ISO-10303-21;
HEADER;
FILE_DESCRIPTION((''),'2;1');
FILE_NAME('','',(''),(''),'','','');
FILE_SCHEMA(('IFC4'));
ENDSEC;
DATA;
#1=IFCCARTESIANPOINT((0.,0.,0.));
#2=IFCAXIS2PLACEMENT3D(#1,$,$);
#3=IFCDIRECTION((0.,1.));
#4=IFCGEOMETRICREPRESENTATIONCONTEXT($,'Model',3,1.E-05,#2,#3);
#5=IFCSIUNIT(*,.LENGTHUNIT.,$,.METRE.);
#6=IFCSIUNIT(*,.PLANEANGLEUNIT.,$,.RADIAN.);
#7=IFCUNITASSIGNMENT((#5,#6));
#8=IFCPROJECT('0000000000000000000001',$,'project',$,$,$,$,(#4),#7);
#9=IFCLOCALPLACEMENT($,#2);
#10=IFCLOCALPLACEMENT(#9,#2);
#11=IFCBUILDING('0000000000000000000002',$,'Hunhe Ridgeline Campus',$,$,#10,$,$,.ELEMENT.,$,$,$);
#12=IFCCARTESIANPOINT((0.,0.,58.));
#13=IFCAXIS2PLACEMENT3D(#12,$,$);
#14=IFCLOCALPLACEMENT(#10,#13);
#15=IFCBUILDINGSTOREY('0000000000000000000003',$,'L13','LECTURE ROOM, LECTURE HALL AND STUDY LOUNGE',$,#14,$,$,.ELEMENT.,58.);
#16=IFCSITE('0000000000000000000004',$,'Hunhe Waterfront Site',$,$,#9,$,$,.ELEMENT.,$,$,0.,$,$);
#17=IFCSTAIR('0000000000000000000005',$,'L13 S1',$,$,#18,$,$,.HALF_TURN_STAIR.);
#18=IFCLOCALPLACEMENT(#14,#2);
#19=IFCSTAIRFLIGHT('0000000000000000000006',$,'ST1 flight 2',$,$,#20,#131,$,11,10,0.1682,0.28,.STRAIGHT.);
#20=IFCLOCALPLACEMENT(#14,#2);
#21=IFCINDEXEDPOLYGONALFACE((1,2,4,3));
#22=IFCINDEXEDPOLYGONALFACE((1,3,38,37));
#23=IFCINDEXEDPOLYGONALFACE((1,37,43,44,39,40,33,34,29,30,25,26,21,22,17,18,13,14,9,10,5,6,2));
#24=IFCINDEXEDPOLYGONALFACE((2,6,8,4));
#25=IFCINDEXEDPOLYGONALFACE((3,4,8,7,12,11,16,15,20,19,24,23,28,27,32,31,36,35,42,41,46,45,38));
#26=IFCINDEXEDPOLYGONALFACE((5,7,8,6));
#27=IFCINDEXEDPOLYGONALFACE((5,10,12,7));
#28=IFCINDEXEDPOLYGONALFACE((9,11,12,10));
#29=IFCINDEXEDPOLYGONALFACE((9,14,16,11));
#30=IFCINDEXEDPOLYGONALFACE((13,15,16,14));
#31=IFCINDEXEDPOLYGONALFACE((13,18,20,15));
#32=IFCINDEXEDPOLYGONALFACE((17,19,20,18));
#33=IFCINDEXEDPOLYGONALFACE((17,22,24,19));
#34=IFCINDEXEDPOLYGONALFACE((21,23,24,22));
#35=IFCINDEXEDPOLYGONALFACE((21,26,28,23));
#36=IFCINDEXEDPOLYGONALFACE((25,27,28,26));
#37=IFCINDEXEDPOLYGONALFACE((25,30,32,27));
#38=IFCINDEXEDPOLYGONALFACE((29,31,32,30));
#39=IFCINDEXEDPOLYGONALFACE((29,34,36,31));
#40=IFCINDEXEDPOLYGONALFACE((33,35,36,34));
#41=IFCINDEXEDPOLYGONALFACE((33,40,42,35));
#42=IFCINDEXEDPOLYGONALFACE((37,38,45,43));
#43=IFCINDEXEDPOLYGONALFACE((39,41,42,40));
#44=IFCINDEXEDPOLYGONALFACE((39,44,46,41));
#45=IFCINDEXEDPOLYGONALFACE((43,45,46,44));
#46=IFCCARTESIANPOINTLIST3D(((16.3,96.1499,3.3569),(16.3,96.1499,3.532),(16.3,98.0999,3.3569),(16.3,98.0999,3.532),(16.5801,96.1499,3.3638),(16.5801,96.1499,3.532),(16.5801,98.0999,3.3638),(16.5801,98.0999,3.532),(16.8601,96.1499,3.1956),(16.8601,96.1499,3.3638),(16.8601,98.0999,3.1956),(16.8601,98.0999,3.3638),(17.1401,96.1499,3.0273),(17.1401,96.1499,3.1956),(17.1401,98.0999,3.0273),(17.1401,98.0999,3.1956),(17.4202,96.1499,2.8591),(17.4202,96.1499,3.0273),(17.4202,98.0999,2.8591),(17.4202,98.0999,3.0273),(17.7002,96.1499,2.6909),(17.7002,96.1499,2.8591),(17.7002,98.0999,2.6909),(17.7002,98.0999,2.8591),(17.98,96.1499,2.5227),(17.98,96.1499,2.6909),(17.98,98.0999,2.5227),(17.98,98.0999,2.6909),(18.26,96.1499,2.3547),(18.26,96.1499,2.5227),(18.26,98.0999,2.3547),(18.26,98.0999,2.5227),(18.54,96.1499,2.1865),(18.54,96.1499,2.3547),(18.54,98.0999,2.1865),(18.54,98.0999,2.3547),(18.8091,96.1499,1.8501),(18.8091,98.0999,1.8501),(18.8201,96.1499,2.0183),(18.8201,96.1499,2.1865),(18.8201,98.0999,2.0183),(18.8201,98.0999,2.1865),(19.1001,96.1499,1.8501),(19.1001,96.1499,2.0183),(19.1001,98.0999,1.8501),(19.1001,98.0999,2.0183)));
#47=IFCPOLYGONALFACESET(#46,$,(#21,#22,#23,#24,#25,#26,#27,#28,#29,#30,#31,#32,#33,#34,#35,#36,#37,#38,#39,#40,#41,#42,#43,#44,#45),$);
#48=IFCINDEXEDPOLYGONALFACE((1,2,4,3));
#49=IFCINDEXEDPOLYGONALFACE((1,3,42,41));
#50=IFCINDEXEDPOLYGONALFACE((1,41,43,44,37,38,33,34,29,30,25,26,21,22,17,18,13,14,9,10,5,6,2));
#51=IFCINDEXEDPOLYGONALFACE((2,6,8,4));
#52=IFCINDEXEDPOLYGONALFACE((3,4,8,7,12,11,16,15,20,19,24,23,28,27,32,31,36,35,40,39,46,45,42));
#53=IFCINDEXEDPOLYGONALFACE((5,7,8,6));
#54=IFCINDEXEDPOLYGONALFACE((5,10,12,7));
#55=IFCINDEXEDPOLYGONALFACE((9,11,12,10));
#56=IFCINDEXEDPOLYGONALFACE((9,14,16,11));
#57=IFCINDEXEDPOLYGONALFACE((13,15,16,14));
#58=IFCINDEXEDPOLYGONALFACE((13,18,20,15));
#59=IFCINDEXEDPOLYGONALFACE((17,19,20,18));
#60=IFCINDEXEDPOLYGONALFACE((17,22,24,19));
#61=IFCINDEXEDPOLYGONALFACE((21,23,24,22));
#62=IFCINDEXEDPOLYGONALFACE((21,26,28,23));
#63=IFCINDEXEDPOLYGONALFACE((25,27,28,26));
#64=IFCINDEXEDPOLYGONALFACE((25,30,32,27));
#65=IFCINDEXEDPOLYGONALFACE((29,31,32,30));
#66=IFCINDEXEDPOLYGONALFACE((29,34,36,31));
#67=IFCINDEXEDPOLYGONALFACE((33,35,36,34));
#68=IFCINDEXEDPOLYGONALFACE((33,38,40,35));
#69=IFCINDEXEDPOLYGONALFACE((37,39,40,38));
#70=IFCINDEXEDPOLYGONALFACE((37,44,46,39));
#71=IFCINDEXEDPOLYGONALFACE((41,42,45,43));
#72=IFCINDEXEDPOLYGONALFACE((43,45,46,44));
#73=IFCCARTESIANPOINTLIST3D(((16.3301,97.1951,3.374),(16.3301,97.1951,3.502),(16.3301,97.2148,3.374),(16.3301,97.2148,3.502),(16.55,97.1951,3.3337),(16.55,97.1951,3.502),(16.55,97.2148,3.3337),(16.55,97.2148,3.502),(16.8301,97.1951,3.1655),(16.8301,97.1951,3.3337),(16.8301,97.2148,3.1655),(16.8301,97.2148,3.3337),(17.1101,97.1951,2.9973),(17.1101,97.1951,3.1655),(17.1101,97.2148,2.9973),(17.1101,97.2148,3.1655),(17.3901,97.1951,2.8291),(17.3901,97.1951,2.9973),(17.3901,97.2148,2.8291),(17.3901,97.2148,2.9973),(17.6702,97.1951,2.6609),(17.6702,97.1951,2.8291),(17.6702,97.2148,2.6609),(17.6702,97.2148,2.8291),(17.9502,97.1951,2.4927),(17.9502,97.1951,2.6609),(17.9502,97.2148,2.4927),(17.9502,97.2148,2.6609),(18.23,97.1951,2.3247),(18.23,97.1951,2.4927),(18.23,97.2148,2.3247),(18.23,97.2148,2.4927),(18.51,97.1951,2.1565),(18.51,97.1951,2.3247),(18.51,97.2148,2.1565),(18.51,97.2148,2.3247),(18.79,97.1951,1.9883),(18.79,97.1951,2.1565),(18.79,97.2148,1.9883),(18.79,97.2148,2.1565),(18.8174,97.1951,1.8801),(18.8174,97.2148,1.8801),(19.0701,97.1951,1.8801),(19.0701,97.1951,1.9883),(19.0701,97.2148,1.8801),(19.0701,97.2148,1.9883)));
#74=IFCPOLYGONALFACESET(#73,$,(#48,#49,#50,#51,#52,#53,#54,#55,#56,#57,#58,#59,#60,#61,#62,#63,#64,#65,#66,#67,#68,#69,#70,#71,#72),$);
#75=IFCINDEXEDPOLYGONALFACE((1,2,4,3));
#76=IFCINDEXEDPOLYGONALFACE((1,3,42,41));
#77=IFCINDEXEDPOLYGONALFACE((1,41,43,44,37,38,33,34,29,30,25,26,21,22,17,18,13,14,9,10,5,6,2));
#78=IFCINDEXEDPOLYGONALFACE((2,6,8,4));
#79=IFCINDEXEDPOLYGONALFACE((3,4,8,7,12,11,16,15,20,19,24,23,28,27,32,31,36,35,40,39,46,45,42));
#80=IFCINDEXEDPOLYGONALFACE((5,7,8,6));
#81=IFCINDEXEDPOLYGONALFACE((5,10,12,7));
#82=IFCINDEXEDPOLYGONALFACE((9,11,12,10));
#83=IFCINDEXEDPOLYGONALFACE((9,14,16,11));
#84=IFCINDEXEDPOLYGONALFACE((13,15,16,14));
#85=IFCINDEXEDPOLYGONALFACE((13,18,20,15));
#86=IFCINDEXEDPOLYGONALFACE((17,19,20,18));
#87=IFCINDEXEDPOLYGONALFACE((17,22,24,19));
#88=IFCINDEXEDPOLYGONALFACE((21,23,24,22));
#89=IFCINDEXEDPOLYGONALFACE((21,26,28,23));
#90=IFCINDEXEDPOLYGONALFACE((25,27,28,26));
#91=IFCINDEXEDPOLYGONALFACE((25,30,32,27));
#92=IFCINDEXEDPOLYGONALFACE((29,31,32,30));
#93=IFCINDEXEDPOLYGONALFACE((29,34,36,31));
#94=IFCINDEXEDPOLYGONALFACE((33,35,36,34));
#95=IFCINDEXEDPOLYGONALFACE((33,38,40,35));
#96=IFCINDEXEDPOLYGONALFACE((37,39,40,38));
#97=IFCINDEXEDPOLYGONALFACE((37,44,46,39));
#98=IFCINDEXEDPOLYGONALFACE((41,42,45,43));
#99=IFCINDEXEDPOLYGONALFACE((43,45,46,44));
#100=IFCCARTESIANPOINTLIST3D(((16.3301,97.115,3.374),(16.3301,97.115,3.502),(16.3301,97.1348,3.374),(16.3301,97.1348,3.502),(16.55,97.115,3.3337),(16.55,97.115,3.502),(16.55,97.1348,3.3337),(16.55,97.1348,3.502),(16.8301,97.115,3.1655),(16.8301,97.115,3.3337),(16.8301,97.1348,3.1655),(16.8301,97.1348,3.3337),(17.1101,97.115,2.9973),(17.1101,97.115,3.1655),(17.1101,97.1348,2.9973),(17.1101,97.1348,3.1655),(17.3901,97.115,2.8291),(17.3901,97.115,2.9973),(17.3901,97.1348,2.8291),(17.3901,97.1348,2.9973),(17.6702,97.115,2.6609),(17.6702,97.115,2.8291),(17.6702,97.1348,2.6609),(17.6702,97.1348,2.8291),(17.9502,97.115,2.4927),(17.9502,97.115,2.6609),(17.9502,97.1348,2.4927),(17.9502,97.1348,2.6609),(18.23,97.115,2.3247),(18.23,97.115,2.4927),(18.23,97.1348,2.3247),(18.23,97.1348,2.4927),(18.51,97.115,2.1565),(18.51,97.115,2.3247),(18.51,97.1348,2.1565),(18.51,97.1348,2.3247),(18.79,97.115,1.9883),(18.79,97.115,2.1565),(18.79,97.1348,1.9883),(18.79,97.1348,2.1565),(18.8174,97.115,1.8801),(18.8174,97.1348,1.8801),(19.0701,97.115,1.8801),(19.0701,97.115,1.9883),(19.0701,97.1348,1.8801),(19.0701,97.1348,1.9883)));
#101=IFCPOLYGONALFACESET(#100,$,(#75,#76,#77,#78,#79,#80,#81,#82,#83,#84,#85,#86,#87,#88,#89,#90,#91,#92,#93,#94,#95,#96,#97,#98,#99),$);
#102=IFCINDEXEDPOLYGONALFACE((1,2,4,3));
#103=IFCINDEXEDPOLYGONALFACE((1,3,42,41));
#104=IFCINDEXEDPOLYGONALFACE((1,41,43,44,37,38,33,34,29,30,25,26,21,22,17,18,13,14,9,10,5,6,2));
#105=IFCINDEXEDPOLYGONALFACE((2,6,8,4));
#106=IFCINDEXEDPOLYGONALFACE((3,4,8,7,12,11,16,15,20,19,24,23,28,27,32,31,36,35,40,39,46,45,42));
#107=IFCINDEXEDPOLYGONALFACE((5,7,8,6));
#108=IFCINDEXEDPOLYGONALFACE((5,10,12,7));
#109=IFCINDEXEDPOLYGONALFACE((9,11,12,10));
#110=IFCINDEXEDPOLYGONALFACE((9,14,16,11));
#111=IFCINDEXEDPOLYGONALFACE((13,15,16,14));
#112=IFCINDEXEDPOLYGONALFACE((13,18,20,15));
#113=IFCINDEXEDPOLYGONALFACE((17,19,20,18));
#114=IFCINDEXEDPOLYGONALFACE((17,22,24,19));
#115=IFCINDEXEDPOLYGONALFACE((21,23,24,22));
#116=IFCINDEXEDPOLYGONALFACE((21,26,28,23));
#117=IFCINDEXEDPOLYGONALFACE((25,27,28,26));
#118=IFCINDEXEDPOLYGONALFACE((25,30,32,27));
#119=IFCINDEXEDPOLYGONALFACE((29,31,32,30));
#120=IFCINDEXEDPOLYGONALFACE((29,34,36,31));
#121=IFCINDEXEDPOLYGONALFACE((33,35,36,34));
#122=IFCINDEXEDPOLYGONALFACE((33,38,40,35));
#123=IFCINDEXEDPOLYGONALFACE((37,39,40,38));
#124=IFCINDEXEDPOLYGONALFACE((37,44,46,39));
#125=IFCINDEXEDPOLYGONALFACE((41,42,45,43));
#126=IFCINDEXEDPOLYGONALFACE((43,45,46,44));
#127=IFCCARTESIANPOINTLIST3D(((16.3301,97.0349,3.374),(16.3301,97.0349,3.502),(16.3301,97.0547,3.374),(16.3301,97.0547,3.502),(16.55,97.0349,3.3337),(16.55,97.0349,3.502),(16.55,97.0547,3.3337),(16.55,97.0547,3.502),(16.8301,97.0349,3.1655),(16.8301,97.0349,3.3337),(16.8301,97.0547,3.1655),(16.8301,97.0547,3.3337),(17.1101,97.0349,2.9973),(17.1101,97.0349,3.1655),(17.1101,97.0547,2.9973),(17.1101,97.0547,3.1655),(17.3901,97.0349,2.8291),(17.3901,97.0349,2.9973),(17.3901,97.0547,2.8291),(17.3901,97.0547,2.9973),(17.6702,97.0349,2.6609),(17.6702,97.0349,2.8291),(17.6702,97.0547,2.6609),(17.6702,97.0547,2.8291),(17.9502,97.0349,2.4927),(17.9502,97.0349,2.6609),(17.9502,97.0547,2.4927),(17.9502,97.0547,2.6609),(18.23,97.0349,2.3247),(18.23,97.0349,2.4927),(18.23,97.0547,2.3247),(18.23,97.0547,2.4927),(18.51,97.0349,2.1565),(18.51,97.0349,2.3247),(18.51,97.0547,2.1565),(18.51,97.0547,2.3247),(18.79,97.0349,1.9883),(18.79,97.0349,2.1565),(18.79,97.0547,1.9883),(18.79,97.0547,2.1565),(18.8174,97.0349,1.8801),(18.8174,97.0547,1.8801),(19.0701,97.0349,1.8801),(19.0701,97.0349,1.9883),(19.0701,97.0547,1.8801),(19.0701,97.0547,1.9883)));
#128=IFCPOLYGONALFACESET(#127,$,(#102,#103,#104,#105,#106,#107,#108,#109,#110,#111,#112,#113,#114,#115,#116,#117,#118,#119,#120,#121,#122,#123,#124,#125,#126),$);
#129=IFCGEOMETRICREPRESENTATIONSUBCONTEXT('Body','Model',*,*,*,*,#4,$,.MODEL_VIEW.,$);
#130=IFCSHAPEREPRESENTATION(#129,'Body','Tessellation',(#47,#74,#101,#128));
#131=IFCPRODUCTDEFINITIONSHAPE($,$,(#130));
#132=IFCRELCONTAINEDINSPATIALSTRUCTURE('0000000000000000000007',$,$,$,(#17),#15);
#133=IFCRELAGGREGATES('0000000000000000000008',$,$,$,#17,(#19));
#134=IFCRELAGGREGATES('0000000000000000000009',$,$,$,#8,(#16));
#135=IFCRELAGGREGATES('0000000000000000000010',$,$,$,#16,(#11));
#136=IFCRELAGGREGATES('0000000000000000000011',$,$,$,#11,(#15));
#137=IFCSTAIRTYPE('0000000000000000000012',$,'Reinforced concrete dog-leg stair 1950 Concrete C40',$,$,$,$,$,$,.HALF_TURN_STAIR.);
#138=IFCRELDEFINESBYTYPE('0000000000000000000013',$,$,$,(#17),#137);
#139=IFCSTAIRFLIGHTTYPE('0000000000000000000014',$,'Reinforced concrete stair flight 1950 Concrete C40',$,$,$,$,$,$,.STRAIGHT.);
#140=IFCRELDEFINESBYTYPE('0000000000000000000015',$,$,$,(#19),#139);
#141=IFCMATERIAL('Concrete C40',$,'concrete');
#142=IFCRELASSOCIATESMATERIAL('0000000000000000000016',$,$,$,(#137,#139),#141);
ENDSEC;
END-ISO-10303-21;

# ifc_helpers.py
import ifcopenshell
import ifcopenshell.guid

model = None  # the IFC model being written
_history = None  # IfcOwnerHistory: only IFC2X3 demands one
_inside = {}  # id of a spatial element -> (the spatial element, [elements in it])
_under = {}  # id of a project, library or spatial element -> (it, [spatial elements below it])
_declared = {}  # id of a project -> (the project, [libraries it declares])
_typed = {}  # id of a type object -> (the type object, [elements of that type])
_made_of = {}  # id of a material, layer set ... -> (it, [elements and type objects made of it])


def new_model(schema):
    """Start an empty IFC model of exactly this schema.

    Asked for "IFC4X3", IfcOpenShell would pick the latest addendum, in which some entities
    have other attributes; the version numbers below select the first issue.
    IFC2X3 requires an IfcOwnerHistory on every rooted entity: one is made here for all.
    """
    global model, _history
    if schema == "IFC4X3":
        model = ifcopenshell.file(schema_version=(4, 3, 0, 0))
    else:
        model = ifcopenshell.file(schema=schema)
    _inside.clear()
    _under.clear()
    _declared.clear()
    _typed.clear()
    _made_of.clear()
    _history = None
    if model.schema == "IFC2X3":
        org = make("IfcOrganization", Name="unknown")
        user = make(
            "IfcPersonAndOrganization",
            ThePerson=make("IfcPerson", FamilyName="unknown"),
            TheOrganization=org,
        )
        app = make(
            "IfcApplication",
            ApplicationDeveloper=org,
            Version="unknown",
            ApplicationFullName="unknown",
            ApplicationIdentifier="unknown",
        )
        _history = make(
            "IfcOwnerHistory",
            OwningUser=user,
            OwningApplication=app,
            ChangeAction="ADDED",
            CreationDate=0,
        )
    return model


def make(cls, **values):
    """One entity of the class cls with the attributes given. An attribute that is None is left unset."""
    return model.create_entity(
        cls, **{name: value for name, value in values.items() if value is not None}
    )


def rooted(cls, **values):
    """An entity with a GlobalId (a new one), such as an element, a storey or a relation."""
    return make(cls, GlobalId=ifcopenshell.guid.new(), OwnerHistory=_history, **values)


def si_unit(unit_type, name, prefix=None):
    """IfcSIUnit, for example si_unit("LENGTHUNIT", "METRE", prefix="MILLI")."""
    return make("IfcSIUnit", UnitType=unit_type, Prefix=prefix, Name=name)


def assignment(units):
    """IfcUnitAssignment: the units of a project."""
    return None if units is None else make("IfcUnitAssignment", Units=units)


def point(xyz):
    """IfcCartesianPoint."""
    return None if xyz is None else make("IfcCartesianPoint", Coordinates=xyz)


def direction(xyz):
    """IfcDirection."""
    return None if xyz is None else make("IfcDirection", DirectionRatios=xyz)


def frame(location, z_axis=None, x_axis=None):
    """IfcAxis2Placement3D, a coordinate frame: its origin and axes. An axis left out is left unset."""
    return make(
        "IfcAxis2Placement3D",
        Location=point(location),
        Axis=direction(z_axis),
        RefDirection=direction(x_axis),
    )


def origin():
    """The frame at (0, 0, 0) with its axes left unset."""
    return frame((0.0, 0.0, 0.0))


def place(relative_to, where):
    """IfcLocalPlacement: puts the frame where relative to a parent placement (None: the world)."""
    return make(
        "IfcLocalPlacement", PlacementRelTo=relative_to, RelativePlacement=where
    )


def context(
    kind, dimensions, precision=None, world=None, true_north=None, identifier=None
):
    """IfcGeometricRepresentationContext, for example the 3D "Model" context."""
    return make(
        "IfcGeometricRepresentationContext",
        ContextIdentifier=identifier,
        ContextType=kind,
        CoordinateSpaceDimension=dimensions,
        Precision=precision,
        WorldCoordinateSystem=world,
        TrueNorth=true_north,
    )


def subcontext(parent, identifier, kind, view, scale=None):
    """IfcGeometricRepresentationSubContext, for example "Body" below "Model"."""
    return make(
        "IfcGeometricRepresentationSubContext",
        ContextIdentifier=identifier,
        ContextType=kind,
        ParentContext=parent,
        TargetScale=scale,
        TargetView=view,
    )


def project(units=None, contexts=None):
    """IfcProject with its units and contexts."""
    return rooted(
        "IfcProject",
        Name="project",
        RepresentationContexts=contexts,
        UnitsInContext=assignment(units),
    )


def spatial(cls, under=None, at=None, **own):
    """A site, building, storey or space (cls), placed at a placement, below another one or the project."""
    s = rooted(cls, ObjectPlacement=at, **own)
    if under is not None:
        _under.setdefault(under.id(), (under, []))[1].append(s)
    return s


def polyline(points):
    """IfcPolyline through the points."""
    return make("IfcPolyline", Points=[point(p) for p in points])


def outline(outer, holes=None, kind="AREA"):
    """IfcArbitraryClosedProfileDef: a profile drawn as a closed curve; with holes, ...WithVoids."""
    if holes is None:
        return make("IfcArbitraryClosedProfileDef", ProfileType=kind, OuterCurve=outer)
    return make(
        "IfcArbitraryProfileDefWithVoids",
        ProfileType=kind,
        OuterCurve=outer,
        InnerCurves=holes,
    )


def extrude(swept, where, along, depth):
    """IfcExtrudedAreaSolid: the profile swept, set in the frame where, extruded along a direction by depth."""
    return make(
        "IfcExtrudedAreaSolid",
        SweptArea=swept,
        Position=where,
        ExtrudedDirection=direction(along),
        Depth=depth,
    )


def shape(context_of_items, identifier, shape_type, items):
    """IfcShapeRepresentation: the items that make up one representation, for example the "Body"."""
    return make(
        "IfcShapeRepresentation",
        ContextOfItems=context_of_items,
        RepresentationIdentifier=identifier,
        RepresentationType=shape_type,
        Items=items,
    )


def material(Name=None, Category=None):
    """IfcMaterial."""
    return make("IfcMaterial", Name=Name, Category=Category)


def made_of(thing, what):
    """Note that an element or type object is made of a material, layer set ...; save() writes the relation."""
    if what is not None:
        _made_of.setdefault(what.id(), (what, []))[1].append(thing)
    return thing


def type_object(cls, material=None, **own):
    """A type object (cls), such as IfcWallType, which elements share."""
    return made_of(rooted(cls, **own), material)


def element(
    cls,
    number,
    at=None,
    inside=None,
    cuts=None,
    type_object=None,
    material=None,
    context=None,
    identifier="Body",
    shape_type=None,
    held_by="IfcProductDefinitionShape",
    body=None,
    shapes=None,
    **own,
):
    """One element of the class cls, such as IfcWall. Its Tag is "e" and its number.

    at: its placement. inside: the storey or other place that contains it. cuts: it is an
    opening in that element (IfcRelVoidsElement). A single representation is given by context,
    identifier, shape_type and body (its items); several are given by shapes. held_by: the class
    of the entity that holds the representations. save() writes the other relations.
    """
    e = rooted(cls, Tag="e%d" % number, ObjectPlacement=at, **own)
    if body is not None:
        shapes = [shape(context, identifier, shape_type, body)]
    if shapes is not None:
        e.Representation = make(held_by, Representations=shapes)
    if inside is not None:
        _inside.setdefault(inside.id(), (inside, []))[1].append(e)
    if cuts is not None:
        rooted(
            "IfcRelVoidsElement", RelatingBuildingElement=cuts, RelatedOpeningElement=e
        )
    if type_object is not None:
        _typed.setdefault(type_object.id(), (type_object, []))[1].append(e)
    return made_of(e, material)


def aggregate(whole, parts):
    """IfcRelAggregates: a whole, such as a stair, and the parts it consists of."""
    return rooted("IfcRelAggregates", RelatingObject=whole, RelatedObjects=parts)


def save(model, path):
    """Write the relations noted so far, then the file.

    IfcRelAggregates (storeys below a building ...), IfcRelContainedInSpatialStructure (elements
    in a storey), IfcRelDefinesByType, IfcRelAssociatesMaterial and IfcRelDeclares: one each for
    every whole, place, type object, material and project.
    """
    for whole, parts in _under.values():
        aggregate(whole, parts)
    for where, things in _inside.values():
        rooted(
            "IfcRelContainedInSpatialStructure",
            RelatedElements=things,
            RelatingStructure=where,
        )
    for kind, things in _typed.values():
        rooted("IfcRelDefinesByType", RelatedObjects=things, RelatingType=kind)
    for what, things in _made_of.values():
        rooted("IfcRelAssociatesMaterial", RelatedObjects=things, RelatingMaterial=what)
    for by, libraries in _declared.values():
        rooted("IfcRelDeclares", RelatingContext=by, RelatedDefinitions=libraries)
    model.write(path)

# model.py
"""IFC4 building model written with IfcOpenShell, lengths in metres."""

from ifc_helpers import new_model, si_unit, direction, frame, origin, place, context, subcontext, project, spatial, polyline, outline, extrude, material, type_object, element, aggregate, save


model = new_model("IFC4")

# Units and contexts
model_context = context("Model", 3, precision=1e-05, world=origin(), true_north=direction((0.0, 1.0)))
body_context = subcontext(model_context, "Body", "Model", "MODEL_VIEW")
ifc_project = project(units=[si_unit("LENGTHUNIT", "METRE"), si_unit("PLANEANGLEUNIT", "RADIAN")], contexts=[model_context])

# Site, building, storey
site_placement = place(None, origin())
site = spatial("IfcSite", under=ifc_project, at=site_placement, Name="Hunhe Waterfront Site", CompositionType="ELEMENT", RefElevation=0.0)
building_placement = place(site_placement, origin())
building = spatial("IfcBuilding", under=site, at=building_placement, Name="Hunhe Ridgeline Campus", CompositionType="ELEMENT")
storey_placement = place(building_placement, frame((0.0, 0.0, 58.0)))
storey = spatial("IfcBuildingStorey", under=building, at=storey_placement, Name="L13", Description="LECTURE ROOM, LECTURE HALL AND STUDY LOUNGE", CompositionType="ELEMENT", Elevation=58.0)

# Stair, stair flight
ifc_material_1 = material(Name="Concrete C40", Category="concrete")
stair_type = type_object("IfcStairType", Name="Reinforced concrete dog-leg stair 1950 Concrete C40", PredefinedType="HALF_TURN_STAIR", material=ifc_material_1)
stair_placement = place(storey_placement, origin())
stair = element("IfcStair", 1, at=stair_placement, inside=storey, type_object=stair_type, Name="L13 S1", PredefinedType="HALF_TURN_STAIR")
stair_flight_type = type_object("IfcStairFlightType", Name="Reinforced concrete stair flight 1950 Concrete C40", PredefinedType="STRAIGHT", material=ifc_material_1)
stair_flight_1_placement = place(storey_placement, frame((19.1001, 97.125, 1.8501), z_axis=(0.0, 0.0, 1.0), x_axis=(-1.0, 0.0, 0.0)))
stair_flight_1 = element("IfcStairFlight", 2, at=stair_flight_1_placement, type_object=stair_flight_type, Name="ST1 flight 2", NumberOfRisers=11, NumberOfTreads=10, PredefinedType="STRAIGHT", RiserHeight=0.1682, TreadLength=0.28, context=body_context, shape_type="SweptSolid", body=[
    extrude(outline(polyline([(0.0, 0.0), (0.0, 0.1682), (0.28, 0.1682), (0.28, 0.3364), (0.5601, 0.3364), (0.5601, 0.5046), (0.8401, 0.5046), (0.8401, 0.6726), (1.1201, 0.6726), (1.1201, 0.8408), (1.3999, 0.8408), (1.3999, 1.009), (1.6799, 1.009), (1.6799, 1.1772), (1.96, 1.1772), (1.96, 1.3455), (2.24, 1.3455), (2.24, 1.5137), (2.52, 1.5137), (2.52, 1.6819), (2.8, 1.6819), (2.8, 1.8501), (2.8, 1.5068), (0.291, 0.0), (0.0, 0.0)])), frame((0.0, 0.9751, 0.0), z_axis=(0.0, -1.0, 0.0), x_axis=(1.0, 0.0, 0.0)), (0.0, 0.0, 1.0), 1.95),
    extrude(outline(polyline([(0.03, 0.03), (0.03, 0.1382), (0.3101, 0.1382), (0.3101, 0.3064), (0.5901, 0.3064), (0.5901, 0.4746), (0.8701, 0.4746), (0.8701, 0.6426), (1.1499, 0.6426), (1.1499, 0.8108), (1.4299, 0.8108), (1.4299, 0.979), (1.71, 0.979), (1.71, 1.1472), (1.99, 1.1472), (1.99, 1.3154), (2.27, 1.3154), (2.27, 1.4836), (2.55, 1.4836), (2.55, 1.6519), (2.77, 1.6519), (2.77, 1.5239), (0.2827, 0.03), (0.03, 0.03)])), frame((0.0, -0.0701, 0.0), z_axis=(0.0, -1.0, 0.0), x_axis=(1.0, 0.0, 0.0)), (0.0, 0.0, 1.0), 0.0198),
    extrude(outline(polyline([(0.03, 0.03), (0.03, 0.1382), (0.3101, 0.1382), (0.3101, 0.3064), (0.5901, 0.3064), (0.5901, 0.4746), (0.8701, 0.4746), (0.8701, 0.6426), (1.1499, 0.6426), (1.1499, 0.8108), (1.4299, 0.8108), (1.4299, 0.979), (1.71, 0.979), (1.71, 1.1472), (1.99, 1.1472), (1.99, 1.3154), (2.27, 1.3154), (2.27, 1.4836), (2.55, 1.4836), (2.55, 1.6519), (2.77, 1.6519), (2.77, 1.5239), (0.2827, 0.03), (0.03, 0.03)])), frame((0.0, 0.01, 0.0), z_axis=(0.0, -1.0, 0.0), x_axis=(1.0, 0.0, 0.0)), (0.0, 0.0, 1.0), 0.0198),
    extrude(outline(polyline([(0.03, 0.03), (0.03, 0.1382), (0.3101, 0.1382), (0.3101, 0.3064), (0.5901, 0.3064), (0.5901, 0.4746), (0.8701, 0.4746), (0.8701, 0.6426), (1.1499, 0.6426), (1.1499, 0.8108), (1.4299, 0.8108), (1.4299, 0.979), (1.71, 0.979), (1.71, 1.1472), (1.99, 1.1472), (1.99, 1.3154), (2.27, 1.3154), (2.27, 1.4836), (2.55, 1.4836), (2.55, 1.6519), (2.77, 1.6519), (2.77, 1.5239), (0.2827, 0.03), (0.03, 0.03)])), frame((0.0, 0.0901, 0.0), z_axis=(0.0, -1.0, 0.0), x_axis=(1.0, 0.0, 0.0)), (0.0, 0.0, 1.0), 0.0198),
])
aggregate(stair, [stair_flight_1])

save(model, "model.ifc")
